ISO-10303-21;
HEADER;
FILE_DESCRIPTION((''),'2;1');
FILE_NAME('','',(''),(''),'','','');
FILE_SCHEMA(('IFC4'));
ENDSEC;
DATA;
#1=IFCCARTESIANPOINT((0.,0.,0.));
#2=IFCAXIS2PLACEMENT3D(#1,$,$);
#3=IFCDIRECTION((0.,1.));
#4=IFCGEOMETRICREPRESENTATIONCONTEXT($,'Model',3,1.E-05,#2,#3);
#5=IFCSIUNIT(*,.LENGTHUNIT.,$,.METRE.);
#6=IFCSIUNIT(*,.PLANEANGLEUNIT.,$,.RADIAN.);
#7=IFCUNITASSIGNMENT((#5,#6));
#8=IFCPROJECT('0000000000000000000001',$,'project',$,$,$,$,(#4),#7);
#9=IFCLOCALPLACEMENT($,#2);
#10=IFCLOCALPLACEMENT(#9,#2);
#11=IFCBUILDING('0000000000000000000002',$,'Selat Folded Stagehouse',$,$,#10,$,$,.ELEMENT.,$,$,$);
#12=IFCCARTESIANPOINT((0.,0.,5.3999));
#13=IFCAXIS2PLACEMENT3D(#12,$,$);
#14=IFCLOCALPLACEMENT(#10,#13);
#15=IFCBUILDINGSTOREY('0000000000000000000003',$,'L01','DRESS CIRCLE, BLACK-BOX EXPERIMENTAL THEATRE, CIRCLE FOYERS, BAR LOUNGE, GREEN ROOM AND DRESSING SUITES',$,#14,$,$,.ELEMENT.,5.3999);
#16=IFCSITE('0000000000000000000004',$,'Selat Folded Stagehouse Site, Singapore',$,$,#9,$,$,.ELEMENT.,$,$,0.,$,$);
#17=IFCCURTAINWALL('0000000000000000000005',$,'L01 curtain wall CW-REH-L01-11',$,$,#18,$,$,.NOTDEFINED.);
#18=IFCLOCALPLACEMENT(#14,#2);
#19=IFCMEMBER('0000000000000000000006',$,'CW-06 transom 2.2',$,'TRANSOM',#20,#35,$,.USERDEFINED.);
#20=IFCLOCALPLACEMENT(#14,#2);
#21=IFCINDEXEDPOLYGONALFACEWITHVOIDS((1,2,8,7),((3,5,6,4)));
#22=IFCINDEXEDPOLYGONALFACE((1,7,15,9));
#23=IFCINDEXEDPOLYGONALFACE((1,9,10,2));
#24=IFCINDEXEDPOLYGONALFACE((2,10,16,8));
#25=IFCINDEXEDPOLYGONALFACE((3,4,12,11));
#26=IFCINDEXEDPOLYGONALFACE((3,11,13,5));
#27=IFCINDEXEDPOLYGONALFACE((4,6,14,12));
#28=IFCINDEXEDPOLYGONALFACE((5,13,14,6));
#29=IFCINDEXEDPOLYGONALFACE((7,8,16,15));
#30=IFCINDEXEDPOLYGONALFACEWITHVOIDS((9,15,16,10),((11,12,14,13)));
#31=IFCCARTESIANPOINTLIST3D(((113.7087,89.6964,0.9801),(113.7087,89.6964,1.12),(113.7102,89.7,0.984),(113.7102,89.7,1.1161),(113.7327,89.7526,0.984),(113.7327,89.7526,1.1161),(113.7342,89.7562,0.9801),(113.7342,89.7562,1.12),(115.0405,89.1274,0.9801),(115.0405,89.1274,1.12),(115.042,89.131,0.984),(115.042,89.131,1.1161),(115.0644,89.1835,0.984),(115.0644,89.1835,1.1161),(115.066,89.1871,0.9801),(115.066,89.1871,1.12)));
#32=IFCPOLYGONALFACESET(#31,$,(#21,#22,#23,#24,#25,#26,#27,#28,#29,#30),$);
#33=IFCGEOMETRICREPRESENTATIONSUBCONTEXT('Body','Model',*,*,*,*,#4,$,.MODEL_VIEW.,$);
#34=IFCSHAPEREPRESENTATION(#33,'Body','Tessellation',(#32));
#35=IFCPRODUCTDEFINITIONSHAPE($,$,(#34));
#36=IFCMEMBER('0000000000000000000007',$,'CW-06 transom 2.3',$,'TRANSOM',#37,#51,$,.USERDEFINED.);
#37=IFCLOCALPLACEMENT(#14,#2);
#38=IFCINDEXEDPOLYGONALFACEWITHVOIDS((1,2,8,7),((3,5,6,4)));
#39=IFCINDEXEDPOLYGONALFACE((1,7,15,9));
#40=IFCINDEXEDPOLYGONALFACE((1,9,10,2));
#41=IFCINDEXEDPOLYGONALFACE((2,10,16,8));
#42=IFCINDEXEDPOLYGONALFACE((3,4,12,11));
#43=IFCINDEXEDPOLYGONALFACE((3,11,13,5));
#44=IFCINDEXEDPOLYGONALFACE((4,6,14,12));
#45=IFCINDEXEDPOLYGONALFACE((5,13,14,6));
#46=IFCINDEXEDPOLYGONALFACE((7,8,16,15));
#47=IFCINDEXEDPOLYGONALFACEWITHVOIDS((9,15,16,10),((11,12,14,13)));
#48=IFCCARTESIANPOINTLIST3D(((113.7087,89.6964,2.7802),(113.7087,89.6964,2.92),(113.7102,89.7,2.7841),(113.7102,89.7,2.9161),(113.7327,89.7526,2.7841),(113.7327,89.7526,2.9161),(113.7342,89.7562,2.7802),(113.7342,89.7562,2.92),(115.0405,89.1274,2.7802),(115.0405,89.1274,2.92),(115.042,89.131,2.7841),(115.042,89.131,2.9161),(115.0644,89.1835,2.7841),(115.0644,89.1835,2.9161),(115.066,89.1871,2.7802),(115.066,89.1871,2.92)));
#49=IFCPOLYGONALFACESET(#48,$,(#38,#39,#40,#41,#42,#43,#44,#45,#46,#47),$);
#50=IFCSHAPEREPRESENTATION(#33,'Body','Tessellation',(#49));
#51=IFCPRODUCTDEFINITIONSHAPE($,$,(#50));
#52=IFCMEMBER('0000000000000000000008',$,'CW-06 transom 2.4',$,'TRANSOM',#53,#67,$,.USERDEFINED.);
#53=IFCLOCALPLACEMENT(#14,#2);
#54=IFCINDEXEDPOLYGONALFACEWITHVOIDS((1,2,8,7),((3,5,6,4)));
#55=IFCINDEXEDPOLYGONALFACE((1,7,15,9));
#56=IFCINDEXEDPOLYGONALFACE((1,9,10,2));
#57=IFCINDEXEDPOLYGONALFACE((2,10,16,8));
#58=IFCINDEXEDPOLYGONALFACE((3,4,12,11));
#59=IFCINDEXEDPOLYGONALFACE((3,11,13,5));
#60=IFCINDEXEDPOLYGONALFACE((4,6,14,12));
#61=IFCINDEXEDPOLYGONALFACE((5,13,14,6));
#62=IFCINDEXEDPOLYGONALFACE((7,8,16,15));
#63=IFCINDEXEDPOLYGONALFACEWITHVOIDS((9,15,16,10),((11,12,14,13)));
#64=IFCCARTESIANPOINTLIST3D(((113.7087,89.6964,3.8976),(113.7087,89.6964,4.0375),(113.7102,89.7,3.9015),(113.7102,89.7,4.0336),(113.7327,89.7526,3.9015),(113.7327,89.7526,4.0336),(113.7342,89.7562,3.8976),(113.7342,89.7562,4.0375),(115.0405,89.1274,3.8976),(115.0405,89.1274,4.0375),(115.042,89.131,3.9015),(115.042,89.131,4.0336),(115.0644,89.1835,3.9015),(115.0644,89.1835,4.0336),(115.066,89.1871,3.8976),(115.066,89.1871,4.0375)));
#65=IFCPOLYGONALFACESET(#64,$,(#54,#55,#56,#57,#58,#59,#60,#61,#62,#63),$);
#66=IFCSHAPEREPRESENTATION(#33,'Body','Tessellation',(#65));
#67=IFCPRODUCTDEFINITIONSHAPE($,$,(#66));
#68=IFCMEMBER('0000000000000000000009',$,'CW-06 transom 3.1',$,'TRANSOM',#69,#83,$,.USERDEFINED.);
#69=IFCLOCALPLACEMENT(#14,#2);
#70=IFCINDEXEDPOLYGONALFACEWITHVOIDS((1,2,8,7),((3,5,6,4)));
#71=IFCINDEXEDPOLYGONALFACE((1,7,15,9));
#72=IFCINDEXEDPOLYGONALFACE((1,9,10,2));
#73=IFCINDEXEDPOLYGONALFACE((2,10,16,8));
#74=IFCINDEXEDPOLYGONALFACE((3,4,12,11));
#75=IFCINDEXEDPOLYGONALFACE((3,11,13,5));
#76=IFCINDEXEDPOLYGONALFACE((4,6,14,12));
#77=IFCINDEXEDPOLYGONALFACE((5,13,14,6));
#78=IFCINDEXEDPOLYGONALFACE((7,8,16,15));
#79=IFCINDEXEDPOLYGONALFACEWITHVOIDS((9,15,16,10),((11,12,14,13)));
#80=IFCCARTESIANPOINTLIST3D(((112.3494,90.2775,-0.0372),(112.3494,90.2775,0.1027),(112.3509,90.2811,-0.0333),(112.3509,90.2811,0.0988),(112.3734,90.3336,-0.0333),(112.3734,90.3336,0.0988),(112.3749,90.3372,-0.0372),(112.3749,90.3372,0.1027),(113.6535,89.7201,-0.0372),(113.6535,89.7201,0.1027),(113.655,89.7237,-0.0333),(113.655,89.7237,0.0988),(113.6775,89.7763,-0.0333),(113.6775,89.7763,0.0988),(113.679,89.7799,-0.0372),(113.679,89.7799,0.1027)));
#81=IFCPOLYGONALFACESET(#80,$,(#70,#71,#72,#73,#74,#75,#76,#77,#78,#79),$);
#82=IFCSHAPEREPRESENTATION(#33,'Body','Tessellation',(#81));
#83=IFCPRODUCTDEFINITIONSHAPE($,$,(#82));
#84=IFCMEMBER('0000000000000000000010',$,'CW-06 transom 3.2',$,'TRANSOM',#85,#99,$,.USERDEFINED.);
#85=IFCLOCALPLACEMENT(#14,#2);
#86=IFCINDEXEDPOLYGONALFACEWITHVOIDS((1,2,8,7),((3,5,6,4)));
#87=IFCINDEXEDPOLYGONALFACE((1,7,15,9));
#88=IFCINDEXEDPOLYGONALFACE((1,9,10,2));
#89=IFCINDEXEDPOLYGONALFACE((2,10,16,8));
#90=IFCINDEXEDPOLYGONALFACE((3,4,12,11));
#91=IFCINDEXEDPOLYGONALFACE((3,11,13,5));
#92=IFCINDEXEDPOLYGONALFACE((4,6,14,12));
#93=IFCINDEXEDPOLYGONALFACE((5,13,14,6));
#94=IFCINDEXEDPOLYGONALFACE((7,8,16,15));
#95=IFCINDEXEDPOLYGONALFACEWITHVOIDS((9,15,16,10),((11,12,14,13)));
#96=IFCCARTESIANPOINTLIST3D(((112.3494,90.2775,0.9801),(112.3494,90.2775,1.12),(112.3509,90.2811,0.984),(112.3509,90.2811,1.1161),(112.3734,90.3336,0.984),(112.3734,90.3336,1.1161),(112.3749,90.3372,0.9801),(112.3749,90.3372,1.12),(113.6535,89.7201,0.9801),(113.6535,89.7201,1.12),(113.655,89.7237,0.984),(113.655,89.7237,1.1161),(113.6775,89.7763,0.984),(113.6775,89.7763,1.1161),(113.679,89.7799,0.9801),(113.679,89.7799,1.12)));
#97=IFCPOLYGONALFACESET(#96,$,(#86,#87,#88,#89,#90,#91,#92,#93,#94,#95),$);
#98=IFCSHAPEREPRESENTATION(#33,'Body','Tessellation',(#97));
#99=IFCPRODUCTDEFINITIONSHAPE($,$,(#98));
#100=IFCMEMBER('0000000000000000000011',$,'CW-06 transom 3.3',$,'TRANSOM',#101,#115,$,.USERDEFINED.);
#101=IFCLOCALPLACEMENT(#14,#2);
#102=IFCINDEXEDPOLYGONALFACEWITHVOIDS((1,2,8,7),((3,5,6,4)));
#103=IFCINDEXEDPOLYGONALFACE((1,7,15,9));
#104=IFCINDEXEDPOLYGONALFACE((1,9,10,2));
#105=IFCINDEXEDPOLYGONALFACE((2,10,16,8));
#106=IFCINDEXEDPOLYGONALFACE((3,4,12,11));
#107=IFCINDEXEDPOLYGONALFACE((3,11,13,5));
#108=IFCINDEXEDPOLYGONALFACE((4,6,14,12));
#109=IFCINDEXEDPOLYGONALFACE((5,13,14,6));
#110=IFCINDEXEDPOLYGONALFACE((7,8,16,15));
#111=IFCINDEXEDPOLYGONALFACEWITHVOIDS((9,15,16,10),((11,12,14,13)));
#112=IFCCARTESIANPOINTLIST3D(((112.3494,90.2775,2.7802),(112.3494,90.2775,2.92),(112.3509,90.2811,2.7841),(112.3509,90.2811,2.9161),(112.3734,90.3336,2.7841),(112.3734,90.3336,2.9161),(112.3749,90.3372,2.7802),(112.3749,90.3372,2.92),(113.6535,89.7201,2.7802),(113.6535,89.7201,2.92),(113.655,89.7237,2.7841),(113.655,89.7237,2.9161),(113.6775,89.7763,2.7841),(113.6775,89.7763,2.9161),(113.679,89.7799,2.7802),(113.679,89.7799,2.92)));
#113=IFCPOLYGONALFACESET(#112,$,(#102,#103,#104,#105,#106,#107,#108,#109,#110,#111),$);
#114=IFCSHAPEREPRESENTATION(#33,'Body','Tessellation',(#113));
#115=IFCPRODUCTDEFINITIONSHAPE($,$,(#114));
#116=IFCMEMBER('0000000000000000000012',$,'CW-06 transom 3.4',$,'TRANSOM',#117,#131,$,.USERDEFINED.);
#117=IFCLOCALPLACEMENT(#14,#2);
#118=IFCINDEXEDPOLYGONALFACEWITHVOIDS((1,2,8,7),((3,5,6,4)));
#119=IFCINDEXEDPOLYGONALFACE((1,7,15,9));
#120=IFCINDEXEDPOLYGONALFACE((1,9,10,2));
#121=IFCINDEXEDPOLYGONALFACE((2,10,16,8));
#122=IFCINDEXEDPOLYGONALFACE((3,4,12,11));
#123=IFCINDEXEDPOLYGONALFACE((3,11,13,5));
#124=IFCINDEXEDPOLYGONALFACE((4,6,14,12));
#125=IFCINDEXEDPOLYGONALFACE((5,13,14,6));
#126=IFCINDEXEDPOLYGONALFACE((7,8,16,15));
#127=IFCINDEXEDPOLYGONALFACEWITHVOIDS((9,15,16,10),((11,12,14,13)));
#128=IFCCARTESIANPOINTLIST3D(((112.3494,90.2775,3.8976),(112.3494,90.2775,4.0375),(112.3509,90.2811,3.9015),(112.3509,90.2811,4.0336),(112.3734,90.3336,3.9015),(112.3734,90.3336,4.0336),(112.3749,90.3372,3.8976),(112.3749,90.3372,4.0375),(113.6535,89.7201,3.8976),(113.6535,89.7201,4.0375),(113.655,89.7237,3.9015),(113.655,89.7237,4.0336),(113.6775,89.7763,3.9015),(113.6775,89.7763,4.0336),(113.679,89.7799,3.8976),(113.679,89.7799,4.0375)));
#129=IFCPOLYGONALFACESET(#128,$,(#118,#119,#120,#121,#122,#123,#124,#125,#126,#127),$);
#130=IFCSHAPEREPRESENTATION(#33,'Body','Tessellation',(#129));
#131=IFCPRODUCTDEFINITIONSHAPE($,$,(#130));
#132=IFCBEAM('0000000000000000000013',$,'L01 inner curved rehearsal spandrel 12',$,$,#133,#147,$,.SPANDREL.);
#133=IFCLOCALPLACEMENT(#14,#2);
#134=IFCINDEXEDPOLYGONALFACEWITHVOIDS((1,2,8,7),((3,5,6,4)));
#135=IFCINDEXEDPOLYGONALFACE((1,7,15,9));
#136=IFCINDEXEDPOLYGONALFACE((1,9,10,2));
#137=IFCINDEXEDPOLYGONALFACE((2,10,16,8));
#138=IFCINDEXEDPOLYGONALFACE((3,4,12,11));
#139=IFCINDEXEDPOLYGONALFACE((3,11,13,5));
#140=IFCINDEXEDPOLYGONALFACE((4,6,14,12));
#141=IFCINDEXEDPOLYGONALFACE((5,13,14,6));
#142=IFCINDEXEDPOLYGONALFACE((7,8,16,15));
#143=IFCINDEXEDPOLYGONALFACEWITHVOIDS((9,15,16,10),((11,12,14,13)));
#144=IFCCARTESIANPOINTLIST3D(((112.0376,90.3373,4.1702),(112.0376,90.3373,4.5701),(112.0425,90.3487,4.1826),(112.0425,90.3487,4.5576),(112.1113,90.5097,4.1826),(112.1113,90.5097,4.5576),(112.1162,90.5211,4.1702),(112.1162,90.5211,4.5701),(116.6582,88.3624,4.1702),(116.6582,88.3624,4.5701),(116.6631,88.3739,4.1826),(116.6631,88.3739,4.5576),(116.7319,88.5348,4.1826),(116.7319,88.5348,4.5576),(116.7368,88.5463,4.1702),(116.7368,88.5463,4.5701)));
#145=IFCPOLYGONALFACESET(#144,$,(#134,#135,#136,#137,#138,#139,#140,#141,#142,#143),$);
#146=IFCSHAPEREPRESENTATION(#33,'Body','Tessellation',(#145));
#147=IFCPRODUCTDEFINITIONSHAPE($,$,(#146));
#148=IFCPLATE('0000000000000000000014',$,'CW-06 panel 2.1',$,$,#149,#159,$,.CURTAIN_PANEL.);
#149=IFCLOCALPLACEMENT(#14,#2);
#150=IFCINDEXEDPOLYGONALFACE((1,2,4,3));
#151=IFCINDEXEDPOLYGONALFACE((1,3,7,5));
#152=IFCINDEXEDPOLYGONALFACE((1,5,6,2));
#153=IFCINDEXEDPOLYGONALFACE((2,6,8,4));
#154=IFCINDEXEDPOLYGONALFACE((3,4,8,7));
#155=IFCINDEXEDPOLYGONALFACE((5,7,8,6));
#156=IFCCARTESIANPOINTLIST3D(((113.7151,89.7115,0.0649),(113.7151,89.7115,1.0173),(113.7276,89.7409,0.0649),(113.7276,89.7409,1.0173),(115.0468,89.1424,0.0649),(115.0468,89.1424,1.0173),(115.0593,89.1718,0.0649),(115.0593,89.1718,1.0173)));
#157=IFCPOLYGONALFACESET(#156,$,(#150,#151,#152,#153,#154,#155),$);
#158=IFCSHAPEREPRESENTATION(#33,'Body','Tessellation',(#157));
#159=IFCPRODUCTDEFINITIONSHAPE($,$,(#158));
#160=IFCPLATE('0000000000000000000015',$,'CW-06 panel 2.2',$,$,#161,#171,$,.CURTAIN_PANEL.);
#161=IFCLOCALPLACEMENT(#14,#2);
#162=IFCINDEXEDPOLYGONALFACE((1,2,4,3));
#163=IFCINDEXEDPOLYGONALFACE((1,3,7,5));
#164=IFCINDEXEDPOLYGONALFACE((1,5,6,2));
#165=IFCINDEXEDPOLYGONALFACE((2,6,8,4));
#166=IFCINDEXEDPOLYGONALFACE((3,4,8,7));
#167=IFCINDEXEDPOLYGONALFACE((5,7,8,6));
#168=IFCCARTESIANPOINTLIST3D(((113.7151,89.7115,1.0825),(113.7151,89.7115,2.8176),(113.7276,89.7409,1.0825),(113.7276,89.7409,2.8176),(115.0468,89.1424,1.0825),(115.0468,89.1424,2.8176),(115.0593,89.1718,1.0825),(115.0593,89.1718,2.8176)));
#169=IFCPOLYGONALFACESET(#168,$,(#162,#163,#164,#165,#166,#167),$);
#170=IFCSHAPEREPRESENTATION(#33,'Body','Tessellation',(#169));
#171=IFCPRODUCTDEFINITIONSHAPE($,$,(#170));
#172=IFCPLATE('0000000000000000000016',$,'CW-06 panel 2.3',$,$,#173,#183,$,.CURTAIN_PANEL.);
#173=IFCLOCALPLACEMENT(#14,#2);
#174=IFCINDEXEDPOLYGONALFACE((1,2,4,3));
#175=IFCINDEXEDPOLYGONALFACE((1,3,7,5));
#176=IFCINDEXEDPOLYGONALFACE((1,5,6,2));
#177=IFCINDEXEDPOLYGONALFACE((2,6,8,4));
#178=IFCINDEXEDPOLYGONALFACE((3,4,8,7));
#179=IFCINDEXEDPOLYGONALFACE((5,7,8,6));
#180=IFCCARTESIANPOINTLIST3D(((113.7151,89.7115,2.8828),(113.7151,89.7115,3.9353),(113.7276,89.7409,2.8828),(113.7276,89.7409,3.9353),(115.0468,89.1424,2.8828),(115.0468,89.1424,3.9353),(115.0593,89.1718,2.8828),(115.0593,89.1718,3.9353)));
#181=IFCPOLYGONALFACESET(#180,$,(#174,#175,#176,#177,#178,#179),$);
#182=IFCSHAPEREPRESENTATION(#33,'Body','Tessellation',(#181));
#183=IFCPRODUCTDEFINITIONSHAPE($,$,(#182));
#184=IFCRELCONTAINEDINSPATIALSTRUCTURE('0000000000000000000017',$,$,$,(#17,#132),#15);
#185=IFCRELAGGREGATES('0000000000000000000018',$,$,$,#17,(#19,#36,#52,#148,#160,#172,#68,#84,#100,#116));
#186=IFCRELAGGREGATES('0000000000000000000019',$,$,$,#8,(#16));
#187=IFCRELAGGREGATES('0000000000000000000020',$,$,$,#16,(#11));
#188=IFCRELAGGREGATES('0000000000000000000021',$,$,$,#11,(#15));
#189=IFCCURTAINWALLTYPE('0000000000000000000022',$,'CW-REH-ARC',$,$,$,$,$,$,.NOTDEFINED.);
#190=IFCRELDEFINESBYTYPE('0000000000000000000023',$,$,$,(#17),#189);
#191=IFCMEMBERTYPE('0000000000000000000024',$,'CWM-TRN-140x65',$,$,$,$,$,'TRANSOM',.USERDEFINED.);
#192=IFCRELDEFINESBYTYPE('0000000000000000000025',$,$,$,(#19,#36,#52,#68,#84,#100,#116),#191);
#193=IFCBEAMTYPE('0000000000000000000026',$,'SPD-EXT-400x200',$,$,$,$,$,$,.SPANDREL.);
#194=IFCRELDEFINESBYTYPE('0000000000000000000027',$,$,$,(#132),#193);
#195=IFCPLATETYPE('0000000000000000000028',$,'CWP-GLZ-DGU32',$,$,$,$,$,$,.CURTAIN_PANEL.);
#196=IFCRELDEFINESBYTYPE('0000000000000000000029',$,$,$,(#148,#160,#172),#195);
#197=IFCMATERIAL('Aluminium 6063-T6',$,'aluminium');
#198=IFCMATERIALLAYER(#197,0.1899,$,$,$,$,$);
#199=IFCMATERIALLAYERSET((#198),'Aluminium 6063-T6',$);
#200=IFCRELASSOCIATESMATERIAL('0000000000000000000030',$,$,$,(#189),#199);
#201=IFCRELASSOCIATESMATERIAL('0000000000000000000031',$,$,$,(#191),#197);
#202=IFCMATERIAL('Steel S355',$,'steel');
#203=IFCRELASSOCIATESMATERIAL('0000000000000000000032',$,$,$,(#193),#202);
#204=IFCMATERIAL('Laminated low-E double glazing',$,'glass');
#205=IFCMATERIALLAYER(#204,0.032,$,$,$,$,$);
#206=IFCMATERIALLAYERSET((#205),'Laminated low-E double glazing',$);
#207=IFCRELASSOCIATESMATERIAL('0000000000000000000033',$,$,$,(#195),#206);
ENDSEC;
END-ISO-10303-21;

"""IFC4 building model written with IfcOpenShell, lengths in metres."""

from ifc_helpers import new_model, si_unit, direction, frame, origin, origin_2d, place, context, subcontext, project, spatial, rectangle, hollow_rectangle, extrude, material, layer, layer_set, material_profile, profile_set, type_object, element, aggregate, save


model = new_model("IFC4")

# Units and contexts
model_context = context("Model", 3, precision=1e-05, world=origin(), true_north=direction((0.0, 1.0)))
body_context = subcontext(model_context, "Body", "Model", "MODEL_VIEW")
ifc_project = project(units=[si_unit("LENGTHUNIT", "METRE"), si_unit("PLANEANGLEUNIT", "RADIAN")], contexts=[model_context])

# Site, building, storey
site_placement = place(None, origin())
site = spatial("IfcSite", under=ifc_project, at=site_placement, Name="Selat Folded Stagehouse Site, Singapore", CompositionType="ELEMENT", RefElevation=0.0)
building_placement = place(site_placement, origin())
building = spatial("IfcBuilding", under=site, at=building_placement, Name="Selat Folded Stagehouse", CompositionType="ELEMENT")
storey_placement = place(building_placement, frame((0.0, 0.0, 5.3999)))
storey = spatial("IfcBuildingStorey", under=building, at=storey_placement, Name="L01", Description="DRESS CIRCLE, BLACK-BOX EXPERIMENTAL THEATRE, CIRCLE FOYERS, BAR LOUNGE, GREEN ROOM AND DRESSING SUITES", CompositionType="ELEMENT", Elevation=5.3999)

# Shared definitions
ifc_material_1 = material(Name="Steel S355", Category="steel")

# Shared definitions
ifc_material_2 = material(Name="Aluminium 6063-T6", Category="aluminium")
ifc_layer_1 = layer(ifc_material_2, 0.1899)
ifc_layer_set_1 = layer_set([ifc_layer_1], Name="Aluminium 6063-T6")
curtain_wall_type = type_object("IfcCurtainWallType", Name="CW-REH-ARC", PredefinedType="NOTDEFINED", material=ifc_layer_set_1)

# Curtain wall, members
curtain_wall_1_placement = place(storey_placement, origin())
curtain_wall_1 = element("IfcCurtainWall", 1, at=curtain_wall_1_placement, inside=storey, type_object=curtain_wall_type, Name="L01 curtain wall CW-REH-L01-11", PredefinedType="NOTDEFINED")
ifc_material_profile_1 = material_profile(ifc_material_2, hollow_rectangle(XDim=0.0649, YDim=0.1399, WallThickness=0.0039, at=origin_2d()), Name="ALU 140x65x4.0")
ifc_profile_set_1 = profile_set([ifc_material_profile_1], Name="Aluminium 6063-T6")
member_type_1 = type_object("IfcMemberType", Name="CWM-TRN-140x65", ElementType="TRANSOM", PredefinedType="USERDEFINED", material=ifc_profile_set_1)
member_1_placement = place(storey_placement, frame((115.0532, 89.1572, 1.05), z_axis=(-0.919563, 0.392943, 0.0), x_axis=(-0.392943, -0.919563, 0.0)))
member_1 = element("IfcMember", 2, at=member_1_placement, type_object=member_type_1, Name="CW-06 transom 2.2", ObjectType="TRANSOM", PredefinedType="USERDEFINED", context=body_context, shape_type="SweptSolid", body=[
    extrude(hollow_rectangle(XDim=0.0649, YDim=0.1399, WallThickness=0.0039, at=origin_2d()), origin(), (0.0, 0.0, 1.0), 1.4482),
])
member_2_placement = place(storey_placement, frame((115.0532, 89.1572, 2.8501), z_axis=(-0.919563, 0.392943, 0.0), x_axis=(-0.392943, -0.919563, 0.0)))
member_2 = element("IfcMember", 3, at=member_2_placement, type_object=member_type_1, Name="CW-06 transom 2.3", ObjectType="TRANSOM", PredefinedType="USERDEFINED", context=body_context, shape_type="SweptSolid", body=[
    extrude(hollow_rectangle(XDim=0.0649, YDim=0.1399, WallThickness=0.0039, at=origin_2d()), origin(), (0.0, 0.0, 1.0), 1.4482),
])
member_3_placement = place(storey_placement, frame((115.0532, 89.1572, 3.9675), z_axis=(-0.919563, 0.392943, 0.0), x_axis=(-0.392943, -0.919563, 0.0)))
member_3 = element("IfcMember", 4, at=member_3_placement, type_object=member_type_1, Name="CW-06 transom 2.4", ObjectType="TRANSOM", PredefinedType="USERDEFINED", context=body_context, shape_type="SweptSolid", body=[
    extrude(hollow_rectangle(XDim=0.0649, YDim=0.1399, WallThickness=0.0039, at=origin_2d()), origin(), (0.0, 0.0, 1.0), 1.4482),
])
member_4_placement = place(storey_placement, frame((113.6663, 89.75, 0.0327), z_axis=(-0.919545, 0.392984, 0.0), x_axis=(-0.392984, -0.919545, 0.0)))
member_4 = element("IfcMember", 5, at=member_4_placement, type_object=member_type_1, Name="CW-06 transom 3.1", ObjectType="TRANSOM", PredefinedType="USERDEFINED", context=body_context, shape_type="SweptSolid", body=[
    extrude(hollow_rectangle(XDim=0.0649, YDim=0.1399, WallThickness=0.0039, at=origin_2d()), origin(), (0.0, 0.0, 1.0), 1.4182),
])
member_5_placement = place(storey_placement, frame((113.6663, 89.75, 1.05), z_axis=(-0.919545, 0.392984, 0.0), x_axis=(-0.392984, -0.919545, 0.0)))
member_5 = element("IfcMember", 6, at=member_5_placement, type_object=member_type_1, Name="CW-06 transom 3.2", ObjectType="TRANSOM", PredefinedType="USERDEFINED", context=body_context, shape_type="SweptSolid", body=[
    extrude(hollow_rectangle(XDim=0.0649, YDim=0.1399, WallThickness=0.0039, at=origin_2d()), origin(), (0.0, 0.0, 1.0), 1.4182),
])
member_6_placement = place(storey_placement, frame((113.6663, 89.75, 2.8501), z_axis=(-0.919545, 0.392984, 0.0), x_axis=(-0.392984, -0.919545, 0.0)))
member_6 = element("IfcMember", 7, at=member_6_placement, type_object=member_type_1, Name="CW-06 transom 3.3", ObjectType="TRANSOM", PredefinedType="USERDEFINED", context=body_context, shape_type="SweptSolid", body=[
    extrude(hollow_rectangle(XDim=0.0649, YDim=0.1399, WallThickness=0.0039, at=origin_2d()), origin(), (0.0, 0.0, 1.0), 1.4182),
])
member_7_placement = place(storey_placement, frame((113.6663, 89.75, 3.9675), z_axis=(-0.919545, 0.392984, 0.0), x_axis=(-0.392984, -0.919545, 0.0)))
member_7 = element("IfcMember", 8, at=member_7_placement, type_object=member_type_1, Name="CW-06 transom 3.4", ObjectType="TRANSOM", PredefinedType="USERDEFINED", context=body_context, shape_type="SweptSolid", body=[
    extrude(hollow_rectangle(XDim=0.0649, YDim=0.1399, WallThickness=0.0039, at=origin_2d()), origin(), (0.0, 0.0, 1.0), 1.4182),
])

# Beam
ifc_material_profile_2 = material_profile(ifc_material_1, hollow_rectangle(XDim=0.2, YDim=0.3999, WallThickness=0.0125, at=origin_2d()), Name="RHS 400x200x12.5")
ifc_profile_set_2 = profile_set([ifc_material_profile_2], Name="Steel S355")
beam_type_1 = type_object("IfcBeamType", Name="SPD-EXT-400x200", PredefinedType="SPANDREL", material=ifc_profile_set_2)
beam_1_placement = place(storey_placement, frame((112.0769, 90.4292, 4.3701), z_axis=(0.919534, -0.39301, 0.0), x_axis=(0.39301, 0.919534, 0.0)))
element("IfcBeam", 9, at=beam_1_placement, inside=storey, type_object=beam_type_1, Name="L01 inner curved rehearsal spandrel 12", PredefinedType="SPANDREL", context=body_context, shape_type="SweptSolid", body=[
    extrude(hollow_rectangle(XDim=0.2, YDim=0.3999, WallThickness=0.0125, at=origin_2d()), origin(), (0.0, 0.0, 1.0), 5.0249),
])

# Plates
ifc_material_3 = material(Name="Laminated low-E double glazing", Category="glass")
ifc_layer_2 = layer(ifc_material_3, 0.032)
ifc_layer_set_2 = layer_set([ifc_layer_2], Name="Laminated low-E double glazing")
plate_type = type_object("IfcPlateType", Name="CWP-GLZ-DGU32", PredefinedType="CURTAIN_PANEL", material=ifc_layer_set_2)
plate_1_placement = place(storey_placement, frame((114.3872, 89.4417, 0.0649), z_axis=(0.0, 0.0, 1.0), x_axis=(-0.919533, 0.393012, 0.0)))
plate_1 = element("IfcPlate", 10, at=plate_1_placement, type_object=plate_type, Name="CW-06 panel 2.1", PredefinedType="CURTAIN_PANEL", context=body_context, shape_type="SweptSolid", body=[
    extrude(rectangle(XDim=1.4482, YDim=0.032, at=origin_2d()), origin(), (0.0, 0.0, 1.0), 0.9524),
])
plate_2_placement = place(storey_placement, frame((114.3872, 89.4417, 1.0825), z_axis=(0.0, 0.0, 1.0), x_axis=(-0.919533, 0.393012, 0.0)))
plate_2 = element("IfcPlate", 11, at=plate_2_placement, type_object=plate_type, Name="CW-06 panel 2.2", PredefinedType="CURTAIN_PANEL", context=body_context, shape_type="SweptSolid", body=[
    extrude(rectangle(XDim=1.4482, YDim=0.032, at=origin_2d()), origin(), (0.0, 0.0, 1.0), 1.7351),
])
plate_3_placement = place(storey_placement, frame((114.3872, 89.4417, 2.8828), z_axis=(0.0, 0.0, 1.0), x_axis=(-0.919533, 0.393012, 0.0)))
plate_3 = element("IfcPlate", 12, at=plate_3_placement, type_object=plate_type, Name="CW-06 panel 2.3", PredefinedType="CURTAIN_PANEL", context=body_context, shape_type="SweptSolid", body=[
    extrude(rectangle(XDim=1.4482, YDim=0.032, at=origin_2d()), origin(), (0.0, 0.0, 1.0), 1.0525),
])
aggregate(curtain_wall_1, [member_1, member_2, member_3, plate_1, plate_2, plate_3, member_4, member_5, member_6, member_7])

save(model, "model.ifc")
